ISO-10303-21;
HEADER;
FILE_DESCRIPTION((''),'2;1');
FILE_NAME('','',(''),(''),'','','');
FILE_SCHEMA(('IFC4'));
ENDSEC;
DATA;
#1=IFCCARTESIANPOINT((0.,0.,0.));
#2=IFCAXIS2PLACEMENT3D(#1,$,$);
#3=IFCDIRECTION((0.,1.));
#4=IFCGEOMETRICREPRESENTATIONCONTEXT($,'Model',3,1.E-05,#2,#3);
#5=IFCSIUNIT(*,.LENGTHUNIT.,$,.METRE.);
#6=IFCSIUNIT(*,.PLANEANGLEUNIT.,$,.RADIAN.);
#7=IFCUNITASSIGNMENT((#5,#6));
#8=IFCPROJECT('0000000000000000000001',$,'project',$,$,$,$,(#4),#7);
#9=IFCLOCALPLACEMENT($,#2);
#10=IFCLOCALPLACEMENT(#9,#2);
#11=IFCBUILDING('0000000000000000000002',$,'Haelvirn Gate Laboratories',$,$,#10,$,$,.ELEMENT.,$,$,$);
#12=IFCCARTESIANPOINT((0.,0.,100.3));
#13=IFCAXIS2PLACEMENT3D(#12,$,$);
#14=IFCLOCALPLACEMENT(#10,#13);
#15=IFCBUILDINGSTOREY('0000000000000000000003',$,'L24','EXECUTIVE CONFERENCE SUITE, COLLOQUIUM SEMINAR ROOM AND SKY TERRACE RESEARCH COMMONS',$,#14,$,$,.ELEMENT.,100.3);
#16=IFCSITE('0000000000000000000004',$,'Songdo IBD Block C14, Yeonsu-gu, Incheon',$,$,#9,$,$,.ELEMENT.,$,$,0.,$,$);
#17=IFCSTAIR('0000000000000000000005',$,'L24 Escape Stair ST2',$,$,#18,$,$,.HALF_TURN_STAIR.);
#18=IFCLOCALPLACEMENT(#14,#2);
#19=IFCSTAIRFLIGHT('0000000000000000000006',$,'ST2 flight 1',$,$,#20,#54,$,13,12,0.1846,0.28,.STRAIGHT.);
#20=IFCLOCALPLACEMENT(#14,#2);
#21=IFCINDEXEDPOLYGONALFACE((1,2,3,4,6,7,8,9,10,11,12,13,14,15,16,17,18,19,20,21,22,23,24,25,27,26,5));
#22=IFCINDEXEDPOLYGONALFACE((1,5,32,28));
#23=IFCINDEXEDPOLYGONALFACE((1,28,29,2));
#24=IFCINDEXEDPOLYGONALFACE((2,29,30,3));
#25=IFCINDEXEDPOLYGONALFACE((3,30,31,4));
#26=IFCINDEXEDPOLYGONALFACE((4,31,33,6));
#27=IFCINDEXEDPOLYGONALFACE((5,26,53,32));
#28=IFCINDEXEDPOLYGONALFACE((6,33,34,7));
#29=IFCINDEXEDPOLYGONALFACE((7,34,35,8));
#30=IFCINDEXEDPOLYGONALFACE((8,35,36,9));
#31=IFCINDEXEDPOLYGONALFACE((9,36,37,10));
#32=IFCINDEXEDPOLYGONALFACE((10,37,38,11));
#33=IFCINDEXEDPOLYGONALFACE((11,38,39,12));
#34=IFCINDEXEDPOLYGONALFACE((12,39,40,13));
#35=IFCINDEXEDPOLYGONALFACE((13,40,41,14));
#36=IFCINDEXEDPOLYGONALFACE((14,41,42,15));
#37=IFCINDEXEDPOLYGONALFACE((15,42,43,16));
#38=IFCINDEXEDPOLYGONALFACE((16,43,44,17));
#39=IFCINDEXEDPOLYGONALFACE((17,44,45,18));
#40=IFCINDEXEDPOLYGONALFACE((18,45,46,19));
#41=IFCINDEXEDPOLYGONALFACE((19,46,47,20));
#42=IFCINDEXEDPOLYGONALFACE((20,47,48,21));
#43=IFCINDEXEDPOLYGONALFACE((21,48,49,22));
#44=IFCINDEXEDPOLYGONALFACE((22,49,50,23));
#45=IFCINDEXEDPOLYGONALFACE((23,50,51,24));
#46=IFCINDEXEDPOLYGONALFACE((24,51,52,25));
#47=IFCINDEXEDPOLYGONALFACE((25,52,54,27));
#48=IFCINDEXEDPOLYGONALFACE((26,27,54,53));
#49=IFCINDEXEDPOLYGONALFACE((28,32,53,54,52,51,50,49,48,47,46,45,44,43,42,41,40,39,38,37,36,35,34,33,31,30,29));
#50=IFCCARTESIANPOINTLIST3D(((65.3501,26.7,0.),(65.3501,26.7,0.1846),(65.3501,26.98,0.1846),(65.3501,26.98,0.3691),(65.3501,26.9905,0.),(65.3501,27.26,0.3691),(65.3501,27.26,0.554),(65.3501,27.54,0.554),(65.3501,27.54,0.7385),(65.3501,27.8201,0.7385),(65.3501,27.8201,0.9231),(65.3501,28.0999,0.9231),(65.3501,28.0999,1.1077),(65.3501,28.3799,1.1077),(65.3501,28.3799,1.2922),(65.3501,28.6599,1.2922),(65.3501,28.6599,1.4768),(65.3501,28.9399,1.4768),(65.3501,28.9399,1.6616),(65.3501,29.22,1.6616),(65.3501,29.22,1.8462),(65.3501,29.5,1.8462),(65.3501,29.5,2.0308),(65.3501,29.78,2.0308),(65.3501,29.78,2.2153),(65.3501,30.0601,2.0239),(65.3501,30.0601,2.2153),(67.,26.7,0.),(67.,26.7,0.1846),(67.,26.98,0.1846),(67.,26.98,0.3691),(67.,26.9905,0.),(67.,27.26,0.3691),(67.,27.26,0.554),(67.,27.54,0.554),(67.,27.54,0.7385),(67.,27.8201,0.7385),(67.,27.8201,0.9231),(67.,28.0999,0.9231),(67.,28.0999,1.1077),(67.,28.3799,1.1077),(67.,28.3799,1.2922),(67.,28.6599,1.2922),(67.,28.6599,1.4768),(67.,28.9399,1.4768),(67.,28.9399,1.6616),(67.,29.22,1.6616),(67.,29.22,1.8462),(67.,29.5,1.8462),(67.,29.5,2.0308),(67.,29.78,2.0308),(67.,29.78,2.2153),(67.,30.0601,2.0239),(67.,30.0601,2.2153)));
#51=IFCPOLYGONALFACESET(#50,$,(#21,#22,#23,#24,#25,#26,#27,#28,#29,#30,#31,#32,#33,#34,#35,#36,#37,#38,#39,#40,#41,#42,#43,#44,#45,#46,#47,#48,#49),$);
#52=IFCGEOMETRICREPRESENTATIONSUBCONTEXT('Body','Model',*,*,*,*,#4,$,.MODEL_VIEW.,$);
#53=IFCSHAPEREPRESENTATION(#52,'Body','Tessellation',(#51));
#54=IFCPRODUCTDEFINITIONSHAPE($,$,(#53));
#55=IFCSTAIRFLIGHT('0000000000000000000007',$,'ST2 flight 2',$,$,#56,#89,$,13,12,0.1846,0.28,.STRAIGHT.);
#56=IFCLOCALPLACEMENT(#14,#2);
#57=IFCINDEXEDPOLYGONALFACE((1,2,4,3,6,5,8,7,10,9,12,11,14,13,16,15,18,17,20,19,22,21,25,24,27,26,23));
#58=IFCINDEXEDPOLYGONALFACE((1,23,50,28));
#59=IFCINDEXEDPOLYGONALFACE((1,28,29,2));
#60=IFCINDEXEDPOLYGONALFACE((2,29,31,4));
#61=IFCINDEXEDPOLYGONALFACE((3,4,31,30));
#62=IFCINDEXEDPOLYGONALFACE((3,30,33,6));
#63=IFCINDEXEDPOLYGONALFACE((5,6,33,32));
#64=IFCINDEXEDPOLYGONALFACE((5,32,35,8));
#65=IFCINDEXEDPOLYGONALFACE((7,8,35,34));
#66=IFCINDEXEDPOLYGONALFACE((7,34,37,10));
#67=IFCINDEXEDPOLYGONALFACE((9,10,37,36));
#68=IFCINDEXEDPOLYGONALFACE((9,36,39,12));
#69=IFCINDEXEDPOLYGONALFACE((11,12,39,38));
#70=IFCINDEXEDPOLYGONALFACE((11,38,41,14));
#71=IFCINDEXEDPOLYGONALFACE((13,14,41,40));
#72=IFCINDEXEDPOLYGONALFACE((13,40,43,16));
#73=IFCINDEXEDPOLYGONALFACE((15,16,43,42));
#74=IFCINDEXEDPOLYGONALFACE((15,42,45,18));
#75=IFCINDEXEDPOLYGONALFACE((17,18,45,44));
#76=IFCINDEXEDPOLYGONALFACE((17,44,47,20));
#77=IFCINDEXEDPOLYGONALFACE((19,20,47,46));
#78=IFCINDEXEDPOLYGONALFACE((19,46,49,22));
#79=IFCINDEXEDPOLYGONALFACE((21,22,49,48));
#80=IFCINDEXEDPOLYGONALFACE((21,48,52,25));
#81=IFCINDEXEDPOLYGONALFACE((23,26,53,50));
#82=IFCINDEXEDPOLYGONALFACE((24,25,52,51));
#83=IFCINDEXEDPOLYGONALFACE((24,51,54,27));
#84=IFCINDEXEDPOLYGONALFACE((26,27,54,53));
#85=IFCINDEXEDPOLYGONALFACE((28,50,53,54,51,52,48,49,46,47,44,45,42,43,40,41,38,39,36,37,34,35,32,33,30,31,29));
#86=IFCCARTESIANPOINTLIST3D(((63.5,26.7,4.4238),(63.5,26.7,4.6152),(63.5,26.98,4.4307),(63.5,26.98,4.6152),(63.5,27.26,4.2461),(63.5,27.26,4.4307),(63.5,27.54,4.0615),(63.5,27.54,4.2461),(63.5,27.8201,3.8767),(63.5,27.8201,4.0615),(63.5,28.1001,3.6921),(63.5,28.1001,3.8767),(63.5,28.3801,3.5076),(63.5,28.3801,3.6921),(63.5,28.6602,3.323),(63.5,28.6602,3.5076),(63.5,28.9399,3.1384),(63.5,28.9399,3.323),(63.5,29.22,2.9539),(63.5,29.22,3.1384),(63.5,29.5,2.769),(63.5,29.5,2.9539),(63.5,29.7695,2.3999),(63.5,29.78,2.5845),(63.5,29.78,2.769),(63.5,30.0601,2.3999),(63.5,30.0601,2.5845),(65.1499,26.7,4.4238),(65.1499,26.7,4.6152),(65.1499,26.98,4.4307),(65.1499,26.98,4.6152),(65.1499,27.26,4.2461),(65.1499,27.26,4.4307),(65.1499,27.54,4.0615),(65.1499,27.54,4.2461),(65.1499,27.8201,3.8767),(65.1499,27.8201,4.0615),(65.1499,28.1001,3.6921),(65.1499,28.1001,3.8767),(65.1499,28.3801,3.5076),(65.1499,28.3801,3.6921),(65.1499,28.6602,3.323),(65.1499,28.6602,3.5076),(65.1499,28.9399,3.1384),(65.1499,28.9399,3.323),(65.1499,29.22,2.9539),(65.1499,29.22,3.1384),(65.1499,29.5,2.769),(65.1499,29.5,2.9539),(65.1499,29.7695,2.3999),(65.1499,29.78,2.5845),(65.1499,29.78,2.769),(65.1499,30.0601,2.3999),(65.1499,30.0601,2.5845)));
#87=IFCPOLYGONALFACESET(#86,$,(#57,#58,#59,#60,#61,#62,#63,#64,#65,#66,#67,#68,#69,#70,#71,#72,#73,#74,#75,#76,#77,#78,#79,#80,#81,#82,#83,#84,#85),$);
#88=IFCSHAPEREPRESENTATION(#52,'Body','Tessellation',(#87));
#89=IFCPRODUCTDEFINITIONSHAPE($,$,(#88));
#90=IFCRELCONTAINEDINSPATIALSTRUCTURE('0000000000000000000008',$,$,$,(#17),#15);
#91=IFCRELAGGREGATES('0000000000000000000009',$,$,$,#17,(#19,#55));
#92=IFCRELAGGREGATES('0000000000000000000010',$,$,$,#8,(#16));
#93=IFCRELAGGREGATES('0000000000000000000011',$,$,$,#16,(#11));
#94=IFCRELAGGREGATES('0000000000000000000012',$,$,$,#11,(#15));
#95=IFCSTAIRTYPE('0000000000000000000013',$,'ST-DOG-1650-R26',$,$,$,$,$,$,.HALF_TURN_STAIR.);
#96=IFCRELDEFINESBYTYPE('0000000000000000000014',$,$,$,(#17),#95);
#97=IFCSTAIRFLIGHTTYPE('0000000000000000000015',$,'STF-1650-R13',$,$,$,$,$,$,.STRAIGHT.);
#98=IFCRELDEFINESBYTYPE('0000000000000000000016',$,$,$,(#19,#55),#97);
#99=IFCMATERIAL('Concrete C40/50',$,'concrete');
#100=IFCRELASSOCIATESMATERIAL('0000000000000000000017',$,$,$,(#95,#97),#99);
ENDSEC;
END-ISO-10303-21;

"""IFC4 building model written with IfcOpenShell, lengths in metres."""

from ifc_helpers import new_model, si_unit, direction, frame, origin, place, context, subcontext, project, spatial, polyline, outline, extrude, source, transform, mapped, material, type_object, type_shapes, element, aggregate, save


model = new_model("IFC4")

# Units and contexts
model_context = context("Model", 3, precision=1e-05, world=origin(), true_north=direction((0.0, 1.0)))
body_context = subcontext(model_context, "Body", "Model", "MODEL_VIEW")
ifc_project = project(units=[si_unit("LENGTHUNIT", "METRE"), si_unit("PLANEANGLEUNIT", "RADIAN")], contexts=[model_context])

# Site, building, storey
site_placement = place(None, origin())
site = spatial("IfcSite", under=ifc_project, at=site_placement, Name="Songdo IBD Block C14, Yeonsu-gu, Incheon", CompositionType="ELEMENT", RefElevation=0.0)
building_placement = place(site_placement, origin())
building = spatial("IfcBuilding", under=site, at=building_placement, Name="Haelvirn Gate Laboratories", CompositionType="ELEMENT")
storey_placement = place(building_placement, frame((0.0, 0.0, 100.3)))
storey = spatial("IfcBuildingStorey", under=building, at=storey_placement, Name="L24", Description="EXECUTIVE CONFERENCE SUITE, COLLOQUIUM SEMINAR ROOM AND SKY TERRACE RESEARCH COMMONS", CompositionType="ELEMENT", Elevation=100.3)

# Shared definitions
ifc_material_1 = material(Name="Concrete C40/50", Category="concrete")

# Stair, stair flights
stair_type = type_object("IfcStairType", Name="ST-DOG-1650-R26", PredefinedType="HALF_TURN_STAIR", material=ifc_material_1)
stair_placement = place(storey_placement, origin())
stair = element("IfcStair", 1, at=stair_placement, inside=storey, type_object=stair_type, Name="L24 Escape Stair ST2", PredefinedType="HALF_TURN_STAIR")
stair_flight_type = type_object("IfcStairFlightType", Name="STF-1650-R13", PredefinedType="STRAIGHT", material=ifc_material_1)
shared_shape_1 = source(origin(), body_context, "Body", "SweptSolid", [
    extrude(outline(polyline([(0.0, 0.0), (0.0, 0.1846), (0.28, 0.1846), (0.28, 0.3691), (0.5601, 0.3691), (0.5601, 0.554), (0.8401, 0.554), (0.8401, 0.7385), (1.1201, 0.7385), (1.1201, 0.9231), (1.3999, 0.9231), (1.3999, 1.1077), (1.6799, 1.1077), (1.6799, 1.2922), (1.96, 1.2922), (1.96, 1.4768), (2.24, 1.4768), (2.24, 1.6616), (2.52, 1.6616), (2.52, 1.8462), (2.8, 1.8462), (2.8, 2.0308), (3.0801, 2.0308), (3.0801, 2.2153), (3.3601, 2.2153), (3.3601, 2.3999), (3.3601, 2.0239), (0.2905, 0.0), (0.0, 0.0)])), frame((0.0, 0.825, 0.0), z_axis=(0.0, -1.0, 0.0), x_axis=(1.0, 0.0, 0.0)), (0.0, 0.0, 1.0), 1.6499),
])
type_shapes(stair_flight_type, [shared_shape_1])
stair_flight_1_placement = place(storey_placement, frame((66.175, 26.7, 0.0), z_axis=(0.0, 0.0, 1.0), x_axis=(0.0, 1.0, 0.0)))
stair_flight_1 = element("IfcStairFlight", 2, at=stair_flight_1_placement, type_object=stair_flight_type, Name="ST2 flight 1", NumberOfRisers=13, NumberOfTreads=12, PredefinedType="STRAIGHT", RiserHeight=0.1846, TreadLength=0.28, context=body_context, shape_type="MappedRepresentation", body=[
    mapped(shared_shape_1, transform((0.0, 0.0, 0.0), scale=1.0)),
])
stair_flight_2_placement = place(storey_placement, frame((64.325, 30.0601, 2.3999), z_axis=(0.0, 0.0, 1.0), x_axis=(0.0, -1.0, 0.0)))
stair_flight_2 = element("IfcStairFlight", 3, at=stair_flight_2_placement, type_object=stair_flight_type, Name="ST2 flight 2", NumberOfRisers=13, NumberOfTreads=12, PredefinedType="STRAIGHT", RiserHeight=0.1846, TreadLength=0.28, context=body_context, shape_type="MappedRepresentation", body=[
    mapped(shared_shape_1, transform((0.0, 0.0, 0.0), scale=1.0)),
])
aggregate(stair, [stair_flight_1, stair_flight_2])

save(model, "model.ifc")
